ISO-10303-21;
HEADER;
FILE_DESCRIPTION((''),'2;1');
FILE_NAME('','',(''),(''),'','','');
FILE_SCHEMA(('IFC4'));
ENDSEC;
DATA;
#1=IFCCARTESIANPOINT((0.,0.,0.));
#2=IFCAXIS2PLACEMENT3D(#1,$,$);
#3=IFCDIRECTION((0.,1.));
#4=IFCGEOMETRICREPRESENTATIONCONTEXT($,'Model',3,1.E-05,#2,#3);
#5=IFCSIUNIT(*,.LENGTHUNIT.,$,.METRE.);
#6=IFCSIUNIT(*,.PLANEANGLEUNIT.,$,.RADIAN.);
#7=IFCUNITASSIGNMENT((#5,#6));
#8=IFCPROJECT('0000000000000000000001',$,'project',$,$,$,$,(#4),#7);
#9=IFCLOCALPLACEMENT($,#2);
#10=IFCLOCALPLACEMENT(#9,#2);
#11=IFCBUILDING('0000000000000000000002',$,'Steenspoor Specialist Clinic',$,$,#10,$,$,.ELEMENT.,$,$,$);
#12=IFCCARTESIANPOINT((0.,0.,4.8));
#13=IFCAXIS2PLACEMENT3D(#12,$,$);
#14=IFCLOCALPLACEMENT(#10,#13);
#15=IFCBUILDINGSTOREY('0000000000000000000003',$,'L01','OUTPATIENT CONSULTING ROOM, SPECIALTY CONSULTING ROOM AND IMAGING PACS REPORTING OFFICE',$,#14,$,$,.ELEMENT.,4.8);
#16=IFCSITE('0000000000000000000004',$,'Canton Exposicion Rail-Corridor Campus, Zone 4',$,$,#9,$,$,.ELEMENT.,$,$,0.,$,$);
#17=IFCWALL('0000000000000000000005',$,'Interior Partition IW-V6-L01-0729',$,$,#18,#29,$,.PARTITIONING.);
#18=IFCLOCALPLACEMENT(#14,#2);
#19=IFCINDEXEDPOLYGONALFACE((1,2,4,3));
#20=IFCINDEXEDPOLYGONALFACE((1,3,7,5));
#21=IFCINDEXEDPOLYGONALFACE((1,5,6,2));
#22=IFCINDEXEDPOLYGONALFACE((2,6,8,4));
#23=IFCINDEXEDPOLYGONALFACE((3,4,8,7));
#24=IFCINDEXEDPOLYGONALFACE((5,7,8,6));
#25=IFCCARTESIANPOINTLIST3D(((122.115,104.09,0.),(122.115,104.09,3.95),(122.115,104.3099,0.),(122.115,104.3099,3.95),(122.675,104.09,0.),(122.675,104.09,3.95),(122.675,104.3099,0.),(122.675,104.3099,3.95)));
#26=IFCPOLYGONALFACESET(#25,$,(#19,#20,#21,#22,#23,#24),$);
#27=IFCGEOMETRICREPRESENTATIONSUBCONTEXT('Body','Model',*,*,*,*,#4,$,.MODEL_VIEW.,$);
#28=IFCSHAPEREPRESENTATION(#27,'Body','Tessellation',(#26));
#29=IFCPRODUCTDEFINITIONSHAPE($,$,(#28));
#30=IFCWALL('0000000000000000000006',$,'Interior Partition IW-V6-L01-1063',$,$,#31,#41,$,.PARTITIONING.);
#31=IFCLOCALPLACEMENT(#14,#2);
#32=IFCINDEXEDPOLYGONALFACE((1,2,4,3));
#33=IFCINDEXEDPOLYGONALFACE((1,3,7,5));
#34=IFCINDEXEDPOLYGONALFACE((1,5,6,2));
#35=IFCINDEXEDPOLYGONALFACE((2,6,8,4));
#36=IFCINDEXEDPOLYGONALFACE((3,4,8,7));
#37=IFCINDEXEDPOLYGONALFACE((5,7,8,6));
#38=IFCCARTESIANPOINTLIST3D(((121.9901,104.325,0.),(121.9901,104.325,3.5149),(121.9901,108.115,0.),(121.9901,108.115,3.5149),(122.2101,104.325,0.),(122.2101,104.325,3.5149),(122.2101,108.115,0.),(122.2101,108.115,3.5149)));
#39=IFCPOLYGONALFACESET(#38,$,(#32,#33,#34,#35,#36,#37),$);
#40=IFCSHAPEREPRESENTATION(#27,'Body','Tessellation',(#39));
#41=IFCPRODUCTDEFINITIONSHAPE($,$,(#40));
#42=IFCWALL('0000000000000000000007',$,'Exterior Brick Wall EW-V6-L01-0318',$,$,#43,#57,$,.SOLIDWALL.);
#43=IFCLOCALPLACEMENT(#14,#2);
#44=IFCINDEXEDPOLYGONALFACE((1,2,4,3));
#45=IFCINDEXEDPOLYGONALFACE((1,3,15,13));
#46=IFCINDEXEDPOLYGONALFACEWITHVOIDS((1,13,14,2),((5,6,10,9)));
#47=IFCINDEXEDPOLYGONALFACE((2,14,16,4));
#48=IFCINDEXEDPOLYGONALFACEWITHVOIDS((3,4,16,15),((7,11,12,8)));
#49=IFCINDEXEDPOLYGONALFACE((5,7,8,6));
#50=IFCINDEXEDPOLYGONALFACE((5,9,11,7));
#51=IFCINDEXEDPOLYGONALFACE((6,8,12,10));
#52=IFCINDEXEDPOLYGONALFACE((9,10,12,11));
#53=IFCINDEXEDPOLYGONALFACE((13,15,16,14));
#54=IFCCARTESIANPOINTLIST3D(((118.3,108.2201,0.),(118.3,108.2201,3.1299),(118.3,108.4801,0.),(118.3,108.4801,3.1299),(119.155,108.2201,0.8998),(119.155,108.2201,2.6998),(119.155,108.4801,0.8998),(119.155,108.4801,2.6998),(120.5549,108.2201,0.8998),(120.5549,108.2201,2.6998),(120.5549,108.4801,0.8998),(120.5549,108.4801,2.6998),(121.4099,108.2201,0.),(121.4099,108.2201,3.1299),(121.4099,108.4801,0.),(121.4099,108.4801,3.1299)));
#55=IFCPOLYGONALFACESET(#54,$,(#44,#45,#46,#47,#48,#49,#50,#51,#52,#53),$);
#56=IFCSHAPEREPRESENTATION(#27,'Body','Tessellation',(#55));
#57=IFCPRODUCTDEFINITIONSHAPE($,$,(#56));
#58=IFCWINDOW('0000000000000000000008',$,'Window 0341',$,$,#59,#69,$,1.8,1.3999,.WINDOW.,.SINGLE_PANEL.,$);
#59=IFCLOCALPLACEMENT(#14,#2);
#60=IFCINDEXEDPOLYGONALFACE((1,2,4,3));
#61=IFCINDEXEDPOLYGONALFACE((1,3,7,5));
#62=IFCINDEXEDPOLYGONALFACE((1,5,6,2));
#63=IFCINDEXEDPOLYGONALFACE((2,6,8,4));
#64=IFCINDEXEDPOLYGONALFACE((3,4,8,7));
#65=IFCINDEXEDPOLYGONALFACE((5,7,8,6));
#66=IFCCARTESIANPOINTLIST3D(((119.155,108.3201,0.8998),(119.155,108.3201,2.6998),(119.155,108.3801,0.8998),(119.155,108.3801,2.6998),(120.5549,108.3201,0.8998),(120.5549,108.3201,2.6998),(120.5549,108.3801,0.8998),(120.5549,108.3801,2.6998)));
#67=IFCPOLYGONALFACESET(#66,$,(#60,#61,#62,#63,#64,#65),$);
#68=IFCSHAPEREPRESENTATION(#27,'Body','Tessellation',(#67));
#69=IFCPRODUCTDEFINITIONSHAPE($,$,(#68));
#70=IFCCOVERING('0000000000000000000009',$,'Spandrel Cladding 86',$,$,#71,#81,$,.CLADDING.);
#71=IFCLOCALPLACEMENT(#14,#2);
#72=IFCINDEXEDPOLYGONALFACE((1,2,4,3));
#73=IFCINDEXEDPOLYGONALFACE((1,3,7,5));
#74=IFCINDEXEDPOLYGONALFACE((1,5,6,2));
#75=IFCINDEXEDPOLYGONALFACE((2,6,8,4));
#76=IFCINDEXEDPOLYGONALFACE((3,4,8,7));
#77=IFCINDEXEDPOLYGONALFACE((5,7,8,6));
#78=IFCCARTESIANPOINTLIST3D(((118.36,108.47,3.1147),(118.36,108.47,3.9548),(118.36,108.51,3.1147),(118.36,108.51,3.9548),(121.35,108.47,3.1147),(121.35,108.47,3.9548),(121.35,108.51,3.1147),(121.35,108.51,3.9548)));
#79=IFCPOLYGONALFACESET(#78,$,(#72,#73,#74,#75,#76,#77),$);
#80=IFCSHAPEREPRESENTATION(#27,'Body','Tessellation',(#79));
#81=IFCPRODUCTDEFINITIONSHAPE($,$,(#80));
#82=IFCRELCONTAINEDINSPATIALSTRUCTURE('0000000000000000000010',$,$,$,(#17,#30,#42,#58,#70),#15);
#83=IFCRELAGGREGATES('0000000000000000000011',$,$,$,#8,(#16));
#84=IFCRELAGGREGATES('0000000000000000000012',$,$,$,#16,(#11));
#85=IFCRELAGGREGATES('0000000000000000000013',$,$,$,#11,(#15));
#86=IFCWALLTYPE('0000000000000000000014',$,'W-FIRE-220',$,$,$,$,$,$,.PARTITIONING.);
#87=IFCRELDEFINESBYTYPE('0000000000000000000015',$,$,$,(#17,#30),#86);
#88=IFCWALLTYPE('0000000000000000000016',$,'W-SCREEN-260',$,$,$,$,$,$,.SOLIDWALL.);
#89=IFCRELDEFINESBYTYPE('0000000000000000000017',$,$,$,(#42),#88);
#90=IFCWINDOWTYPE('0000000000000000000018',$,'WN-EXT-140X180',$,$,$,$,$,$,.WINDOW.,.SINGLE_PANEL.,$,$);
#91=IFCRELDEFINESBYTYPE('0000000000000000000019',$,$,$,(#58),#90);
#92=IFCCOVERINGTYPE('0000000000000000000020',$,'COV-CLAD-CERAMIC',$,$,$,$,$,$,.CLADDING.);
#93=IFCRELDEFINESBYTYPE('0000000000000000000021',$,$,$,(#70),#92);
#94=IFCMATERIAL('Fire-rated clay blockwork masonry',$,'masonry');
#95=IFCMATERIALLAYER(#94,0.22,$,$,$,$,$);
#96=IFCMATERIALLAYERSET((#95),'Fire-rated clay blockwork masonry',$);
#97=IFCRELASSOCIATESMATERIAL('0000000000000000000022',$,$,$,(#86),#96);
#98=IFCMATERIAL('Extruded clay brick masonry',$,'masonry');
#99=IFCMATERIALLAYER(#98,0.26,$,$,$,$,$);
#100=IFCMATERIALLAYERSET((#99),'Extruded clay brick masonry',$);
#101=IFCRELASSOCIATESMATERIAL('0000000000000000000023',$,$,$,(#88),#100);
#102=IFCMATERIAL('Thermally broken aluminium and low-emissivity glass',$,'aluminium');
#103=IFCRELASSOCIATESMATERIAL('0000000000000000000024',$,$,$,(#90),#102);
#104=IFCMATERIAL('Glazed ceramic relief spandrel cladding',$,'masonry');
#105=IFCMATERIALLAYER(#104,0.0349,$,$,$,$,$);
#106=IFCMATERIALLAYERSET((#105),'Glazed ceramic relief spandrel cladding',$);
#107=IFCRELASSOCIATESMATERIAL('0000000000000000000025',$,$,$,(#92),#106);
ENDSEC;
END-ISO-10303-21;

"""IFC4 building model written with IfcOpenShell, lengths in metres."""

from ifc_helpers import new_model, si_unit, direction, frame, frame_2d, origin, origin_2d, place, context, subcontext, project, spatial, rectangle, extrude, material, layer, layer_set, type_object, element, fill, save


model = new_model("IFC4")

# Units and contexts
model_context = context("Model", 3, precision=1e-05, world=origin(), true_north=direction((0.0, 1.0)))
body_context = subcontext(model_context, "Body", "Model", "MODEL_VIEW")
ifc_project = project(units=[si_unit("LENGTHUNIT", "METRE"), si_unit("PLANEANGLEUNIT", "RADIAN")], contexts=[model_context])

# Site, building, storey
site_placement = place(None, origin())
site = spatial("IfcSite", under=ifc_project, at=site_placement, Name="Canton Exposicion Rail-Corridor Campus, Zone 4", CompositionType="ELEMENT", RefElevation=0.0)
building_placement = place(site_placement, origin())
building = spatial("IfcBuilding", under=site, at=building_placement, Name="Steenspoor Specialist Clinic", CompositionType="ELEMENT")
storey_placement = place(building_placement, frame((0.0, 0.0, 4.8)))
storey = spatial("IfcBuildingStorey", under=building, at=storey_placement, Name="L01", Description="OUTPATIENT CONSULTING ROOM, SPECIALTY CONSULTING ROOM AND IMAGING PACS REPORTING OFFICE", CompositionType="ELEMENT", Elevation=4.8)

# Shared definitions
ifc_material_1 = material(Name="Thermally broken aluminium and low-emissivity glass", Category="aluminium")

# Shared definitions
ifc_material_2 = material(Name="Extruded clay brick masonry", Category="masonry")

# Walls
ifc_material_3 = material(Name="Fire-rated clay blockwork masonry", Category="masonry")
ifc_layer_1 = layer(ifc_material_3, 0.22)
ifc_layer_set_1 = layer_set([ifc_layer_1], Name="Fire-rated clay blockwork masonry")
wall_type_1 = type_object("IfcWallType", Name="W-FIRE-220", PredefinedType="PARTITIONING", material=ifc_layer_set_1)
wall_1_placement = place(storey_placement, frame((122.115, 104.2, 0.0), z_axis=(0.0, 0.0, 1.0), x_axis=(1.0, 0.0, 0.0)))
element("IfcWall", 1, at=wall_1_placement, inside=storey, type_object=wall_type_1, Name="Interior Partition IW-V6-L01-0729", PredefinedType="PARTITIONING", context=body_context, shape_type="SweptSolid", body=[
    extrude(rectangle(XDim=0.5601, YDim=0.22, at=frame_2d((0.28, 0.0))), origin(), (0.0, 0.0, 1.0), 3.95),
])
wall_2_placement = place(storey_placement, frame((122.1001, 104.325, 0.0), z_axis=(0.0, 0.0, 1.0), x_axis=(0.0, 1.0, 0.0)))
element("IfcWall", 2, at=wall_2_placement, inside=storey, type_object=wall_type_1, Name="Interior Partition IW-V6-L01-1063", PredefinedType="PARTITIONING", context=body_context, shape_type="SweptSolid", body=[
    extrude(rectangle(XDim=3.79, YDim=0.22, at=frame_2d((1.895, 0.0))), origin(), (0.0, 0.0, 1.0), 3.5149),
])

# Wall, opening, window
ifc_layer_2 = layer(ifc_material_2, 0.26)
ifc_layer_set_2 = layer_set([ifc_layer_2], Name="Extruded clay brick masonry")
wall_type_2 = type_object("IfcWallType", Name="W-SCREEN-260", PredefinedType="SOLIDWALL", material=ifc_layer_set_2)
wall_3_placement = place(storey_placement, frame((118.3, 108.3501, 0.0), z_axis=(0.0, 0.0, 1.0), x_axis=(1.0, 0.0, 0.0)))
wall_3 = element("IfcWall", 3, at=wall_3_placement, inside=storey, type_object=wall_type_2, Name="Exterior Brick Wall EW-V6-L01-0318", PredefinedType="SOLIDWALL", context=body_context, shape_type="SweptSolid", body=[
    extrude(rectangle(XDim=3.1099, YDim=0.26, at=frame_2d((1.5549, 0.0))), origin(), (0.0, 0.0, 1.0), 3.1299),
])
opening_1_placement = place(wall_3_placement, frame((0.855, 0.0, 0.8999)))
opening_1 = element("IfcOpeningElement", 4, at=opening_1_placement, cuts=wall_3, PredefinedType="OPENING", context=body_context, shape_type="SweptSolid", body=[
    extrude(rectangle(XDim=1.3999, YDim=1.8, at=frame_2d((0.7, 0.8999))), frame((0.0, 0.1401, 0.0), z_axis=(0.0, -1.0, 0.0), x_axis=(1.0, 0.0, 0.0)), (0.0, 0.0, 1.0), 0.28),
])
window_type_1 = type_object("IfcWindowType", Name="WN-EXT-140X180", PartitioningType="SINGLE_PANEL", PredefinedType="WINDOW", material=ifc_material_1)
window_1_placement = place(opening_1_placement, origin())
window_1 = element("IfcWindow", 5, at=window_1_placement, inside=storey, type_object=window_type_1, Name="Window 0341", OverallHeight=1.8, OverallWidth=1.3999, PartitioningType="SINGLE_PANEL", PredefinedType="WINDOW", context=body_context, shape_type="SweptSolid", body=[
    extrude(rectangle(XDim=1.3999, YDim=1.8, at=frame_2d((0.7, 0.8999))), frame((0.0, 0.03, 0.0), z_axis=(0.0, -1.0, 0.0), x_axis=(1.0, 0.0, 0.0)), (0.0, 0.0, 1.0), 0.0601),
])
fill(opening_1, window_1)

# Covering
ifc_material_4 = material(Name="Glazed ceramic relief spandrel cladding", Category="masonry")
ifc_layer_3 = layer(ifc_material_4, 0.0349)
ifc_layer_set_3 = layer_set([ifc_layer_3], Name="Glazed ceramic relief spandrel cladding")
covering_type = type_object("IfcCoveringType", Name="COV-CLAD-CERAMIC", PredefinedType="CLADDING", material=ifc_layer_set_3)
covering_placement = place(storey_placement, frame((119.855, 108.49, 3.1147), z_axis=(0.0, 0.0, 1.0), x_axis=(1.0, 0.0, 0.0)))
element("IfcCovering", 6, at=covering_placement, inside=storey, type_object=covering_type, Name="Spandrel Cladding 86", PredefinedType="CLADDING", context=body_context, shape_type="SweptSolid", body=[
    extrude(rectangle(XDim=2.99, YDim=0.04, at=origin_2d()), origin(), (0.0, 0.0, 1.0), 0.8401),
])

save(model, "model.ifc")
